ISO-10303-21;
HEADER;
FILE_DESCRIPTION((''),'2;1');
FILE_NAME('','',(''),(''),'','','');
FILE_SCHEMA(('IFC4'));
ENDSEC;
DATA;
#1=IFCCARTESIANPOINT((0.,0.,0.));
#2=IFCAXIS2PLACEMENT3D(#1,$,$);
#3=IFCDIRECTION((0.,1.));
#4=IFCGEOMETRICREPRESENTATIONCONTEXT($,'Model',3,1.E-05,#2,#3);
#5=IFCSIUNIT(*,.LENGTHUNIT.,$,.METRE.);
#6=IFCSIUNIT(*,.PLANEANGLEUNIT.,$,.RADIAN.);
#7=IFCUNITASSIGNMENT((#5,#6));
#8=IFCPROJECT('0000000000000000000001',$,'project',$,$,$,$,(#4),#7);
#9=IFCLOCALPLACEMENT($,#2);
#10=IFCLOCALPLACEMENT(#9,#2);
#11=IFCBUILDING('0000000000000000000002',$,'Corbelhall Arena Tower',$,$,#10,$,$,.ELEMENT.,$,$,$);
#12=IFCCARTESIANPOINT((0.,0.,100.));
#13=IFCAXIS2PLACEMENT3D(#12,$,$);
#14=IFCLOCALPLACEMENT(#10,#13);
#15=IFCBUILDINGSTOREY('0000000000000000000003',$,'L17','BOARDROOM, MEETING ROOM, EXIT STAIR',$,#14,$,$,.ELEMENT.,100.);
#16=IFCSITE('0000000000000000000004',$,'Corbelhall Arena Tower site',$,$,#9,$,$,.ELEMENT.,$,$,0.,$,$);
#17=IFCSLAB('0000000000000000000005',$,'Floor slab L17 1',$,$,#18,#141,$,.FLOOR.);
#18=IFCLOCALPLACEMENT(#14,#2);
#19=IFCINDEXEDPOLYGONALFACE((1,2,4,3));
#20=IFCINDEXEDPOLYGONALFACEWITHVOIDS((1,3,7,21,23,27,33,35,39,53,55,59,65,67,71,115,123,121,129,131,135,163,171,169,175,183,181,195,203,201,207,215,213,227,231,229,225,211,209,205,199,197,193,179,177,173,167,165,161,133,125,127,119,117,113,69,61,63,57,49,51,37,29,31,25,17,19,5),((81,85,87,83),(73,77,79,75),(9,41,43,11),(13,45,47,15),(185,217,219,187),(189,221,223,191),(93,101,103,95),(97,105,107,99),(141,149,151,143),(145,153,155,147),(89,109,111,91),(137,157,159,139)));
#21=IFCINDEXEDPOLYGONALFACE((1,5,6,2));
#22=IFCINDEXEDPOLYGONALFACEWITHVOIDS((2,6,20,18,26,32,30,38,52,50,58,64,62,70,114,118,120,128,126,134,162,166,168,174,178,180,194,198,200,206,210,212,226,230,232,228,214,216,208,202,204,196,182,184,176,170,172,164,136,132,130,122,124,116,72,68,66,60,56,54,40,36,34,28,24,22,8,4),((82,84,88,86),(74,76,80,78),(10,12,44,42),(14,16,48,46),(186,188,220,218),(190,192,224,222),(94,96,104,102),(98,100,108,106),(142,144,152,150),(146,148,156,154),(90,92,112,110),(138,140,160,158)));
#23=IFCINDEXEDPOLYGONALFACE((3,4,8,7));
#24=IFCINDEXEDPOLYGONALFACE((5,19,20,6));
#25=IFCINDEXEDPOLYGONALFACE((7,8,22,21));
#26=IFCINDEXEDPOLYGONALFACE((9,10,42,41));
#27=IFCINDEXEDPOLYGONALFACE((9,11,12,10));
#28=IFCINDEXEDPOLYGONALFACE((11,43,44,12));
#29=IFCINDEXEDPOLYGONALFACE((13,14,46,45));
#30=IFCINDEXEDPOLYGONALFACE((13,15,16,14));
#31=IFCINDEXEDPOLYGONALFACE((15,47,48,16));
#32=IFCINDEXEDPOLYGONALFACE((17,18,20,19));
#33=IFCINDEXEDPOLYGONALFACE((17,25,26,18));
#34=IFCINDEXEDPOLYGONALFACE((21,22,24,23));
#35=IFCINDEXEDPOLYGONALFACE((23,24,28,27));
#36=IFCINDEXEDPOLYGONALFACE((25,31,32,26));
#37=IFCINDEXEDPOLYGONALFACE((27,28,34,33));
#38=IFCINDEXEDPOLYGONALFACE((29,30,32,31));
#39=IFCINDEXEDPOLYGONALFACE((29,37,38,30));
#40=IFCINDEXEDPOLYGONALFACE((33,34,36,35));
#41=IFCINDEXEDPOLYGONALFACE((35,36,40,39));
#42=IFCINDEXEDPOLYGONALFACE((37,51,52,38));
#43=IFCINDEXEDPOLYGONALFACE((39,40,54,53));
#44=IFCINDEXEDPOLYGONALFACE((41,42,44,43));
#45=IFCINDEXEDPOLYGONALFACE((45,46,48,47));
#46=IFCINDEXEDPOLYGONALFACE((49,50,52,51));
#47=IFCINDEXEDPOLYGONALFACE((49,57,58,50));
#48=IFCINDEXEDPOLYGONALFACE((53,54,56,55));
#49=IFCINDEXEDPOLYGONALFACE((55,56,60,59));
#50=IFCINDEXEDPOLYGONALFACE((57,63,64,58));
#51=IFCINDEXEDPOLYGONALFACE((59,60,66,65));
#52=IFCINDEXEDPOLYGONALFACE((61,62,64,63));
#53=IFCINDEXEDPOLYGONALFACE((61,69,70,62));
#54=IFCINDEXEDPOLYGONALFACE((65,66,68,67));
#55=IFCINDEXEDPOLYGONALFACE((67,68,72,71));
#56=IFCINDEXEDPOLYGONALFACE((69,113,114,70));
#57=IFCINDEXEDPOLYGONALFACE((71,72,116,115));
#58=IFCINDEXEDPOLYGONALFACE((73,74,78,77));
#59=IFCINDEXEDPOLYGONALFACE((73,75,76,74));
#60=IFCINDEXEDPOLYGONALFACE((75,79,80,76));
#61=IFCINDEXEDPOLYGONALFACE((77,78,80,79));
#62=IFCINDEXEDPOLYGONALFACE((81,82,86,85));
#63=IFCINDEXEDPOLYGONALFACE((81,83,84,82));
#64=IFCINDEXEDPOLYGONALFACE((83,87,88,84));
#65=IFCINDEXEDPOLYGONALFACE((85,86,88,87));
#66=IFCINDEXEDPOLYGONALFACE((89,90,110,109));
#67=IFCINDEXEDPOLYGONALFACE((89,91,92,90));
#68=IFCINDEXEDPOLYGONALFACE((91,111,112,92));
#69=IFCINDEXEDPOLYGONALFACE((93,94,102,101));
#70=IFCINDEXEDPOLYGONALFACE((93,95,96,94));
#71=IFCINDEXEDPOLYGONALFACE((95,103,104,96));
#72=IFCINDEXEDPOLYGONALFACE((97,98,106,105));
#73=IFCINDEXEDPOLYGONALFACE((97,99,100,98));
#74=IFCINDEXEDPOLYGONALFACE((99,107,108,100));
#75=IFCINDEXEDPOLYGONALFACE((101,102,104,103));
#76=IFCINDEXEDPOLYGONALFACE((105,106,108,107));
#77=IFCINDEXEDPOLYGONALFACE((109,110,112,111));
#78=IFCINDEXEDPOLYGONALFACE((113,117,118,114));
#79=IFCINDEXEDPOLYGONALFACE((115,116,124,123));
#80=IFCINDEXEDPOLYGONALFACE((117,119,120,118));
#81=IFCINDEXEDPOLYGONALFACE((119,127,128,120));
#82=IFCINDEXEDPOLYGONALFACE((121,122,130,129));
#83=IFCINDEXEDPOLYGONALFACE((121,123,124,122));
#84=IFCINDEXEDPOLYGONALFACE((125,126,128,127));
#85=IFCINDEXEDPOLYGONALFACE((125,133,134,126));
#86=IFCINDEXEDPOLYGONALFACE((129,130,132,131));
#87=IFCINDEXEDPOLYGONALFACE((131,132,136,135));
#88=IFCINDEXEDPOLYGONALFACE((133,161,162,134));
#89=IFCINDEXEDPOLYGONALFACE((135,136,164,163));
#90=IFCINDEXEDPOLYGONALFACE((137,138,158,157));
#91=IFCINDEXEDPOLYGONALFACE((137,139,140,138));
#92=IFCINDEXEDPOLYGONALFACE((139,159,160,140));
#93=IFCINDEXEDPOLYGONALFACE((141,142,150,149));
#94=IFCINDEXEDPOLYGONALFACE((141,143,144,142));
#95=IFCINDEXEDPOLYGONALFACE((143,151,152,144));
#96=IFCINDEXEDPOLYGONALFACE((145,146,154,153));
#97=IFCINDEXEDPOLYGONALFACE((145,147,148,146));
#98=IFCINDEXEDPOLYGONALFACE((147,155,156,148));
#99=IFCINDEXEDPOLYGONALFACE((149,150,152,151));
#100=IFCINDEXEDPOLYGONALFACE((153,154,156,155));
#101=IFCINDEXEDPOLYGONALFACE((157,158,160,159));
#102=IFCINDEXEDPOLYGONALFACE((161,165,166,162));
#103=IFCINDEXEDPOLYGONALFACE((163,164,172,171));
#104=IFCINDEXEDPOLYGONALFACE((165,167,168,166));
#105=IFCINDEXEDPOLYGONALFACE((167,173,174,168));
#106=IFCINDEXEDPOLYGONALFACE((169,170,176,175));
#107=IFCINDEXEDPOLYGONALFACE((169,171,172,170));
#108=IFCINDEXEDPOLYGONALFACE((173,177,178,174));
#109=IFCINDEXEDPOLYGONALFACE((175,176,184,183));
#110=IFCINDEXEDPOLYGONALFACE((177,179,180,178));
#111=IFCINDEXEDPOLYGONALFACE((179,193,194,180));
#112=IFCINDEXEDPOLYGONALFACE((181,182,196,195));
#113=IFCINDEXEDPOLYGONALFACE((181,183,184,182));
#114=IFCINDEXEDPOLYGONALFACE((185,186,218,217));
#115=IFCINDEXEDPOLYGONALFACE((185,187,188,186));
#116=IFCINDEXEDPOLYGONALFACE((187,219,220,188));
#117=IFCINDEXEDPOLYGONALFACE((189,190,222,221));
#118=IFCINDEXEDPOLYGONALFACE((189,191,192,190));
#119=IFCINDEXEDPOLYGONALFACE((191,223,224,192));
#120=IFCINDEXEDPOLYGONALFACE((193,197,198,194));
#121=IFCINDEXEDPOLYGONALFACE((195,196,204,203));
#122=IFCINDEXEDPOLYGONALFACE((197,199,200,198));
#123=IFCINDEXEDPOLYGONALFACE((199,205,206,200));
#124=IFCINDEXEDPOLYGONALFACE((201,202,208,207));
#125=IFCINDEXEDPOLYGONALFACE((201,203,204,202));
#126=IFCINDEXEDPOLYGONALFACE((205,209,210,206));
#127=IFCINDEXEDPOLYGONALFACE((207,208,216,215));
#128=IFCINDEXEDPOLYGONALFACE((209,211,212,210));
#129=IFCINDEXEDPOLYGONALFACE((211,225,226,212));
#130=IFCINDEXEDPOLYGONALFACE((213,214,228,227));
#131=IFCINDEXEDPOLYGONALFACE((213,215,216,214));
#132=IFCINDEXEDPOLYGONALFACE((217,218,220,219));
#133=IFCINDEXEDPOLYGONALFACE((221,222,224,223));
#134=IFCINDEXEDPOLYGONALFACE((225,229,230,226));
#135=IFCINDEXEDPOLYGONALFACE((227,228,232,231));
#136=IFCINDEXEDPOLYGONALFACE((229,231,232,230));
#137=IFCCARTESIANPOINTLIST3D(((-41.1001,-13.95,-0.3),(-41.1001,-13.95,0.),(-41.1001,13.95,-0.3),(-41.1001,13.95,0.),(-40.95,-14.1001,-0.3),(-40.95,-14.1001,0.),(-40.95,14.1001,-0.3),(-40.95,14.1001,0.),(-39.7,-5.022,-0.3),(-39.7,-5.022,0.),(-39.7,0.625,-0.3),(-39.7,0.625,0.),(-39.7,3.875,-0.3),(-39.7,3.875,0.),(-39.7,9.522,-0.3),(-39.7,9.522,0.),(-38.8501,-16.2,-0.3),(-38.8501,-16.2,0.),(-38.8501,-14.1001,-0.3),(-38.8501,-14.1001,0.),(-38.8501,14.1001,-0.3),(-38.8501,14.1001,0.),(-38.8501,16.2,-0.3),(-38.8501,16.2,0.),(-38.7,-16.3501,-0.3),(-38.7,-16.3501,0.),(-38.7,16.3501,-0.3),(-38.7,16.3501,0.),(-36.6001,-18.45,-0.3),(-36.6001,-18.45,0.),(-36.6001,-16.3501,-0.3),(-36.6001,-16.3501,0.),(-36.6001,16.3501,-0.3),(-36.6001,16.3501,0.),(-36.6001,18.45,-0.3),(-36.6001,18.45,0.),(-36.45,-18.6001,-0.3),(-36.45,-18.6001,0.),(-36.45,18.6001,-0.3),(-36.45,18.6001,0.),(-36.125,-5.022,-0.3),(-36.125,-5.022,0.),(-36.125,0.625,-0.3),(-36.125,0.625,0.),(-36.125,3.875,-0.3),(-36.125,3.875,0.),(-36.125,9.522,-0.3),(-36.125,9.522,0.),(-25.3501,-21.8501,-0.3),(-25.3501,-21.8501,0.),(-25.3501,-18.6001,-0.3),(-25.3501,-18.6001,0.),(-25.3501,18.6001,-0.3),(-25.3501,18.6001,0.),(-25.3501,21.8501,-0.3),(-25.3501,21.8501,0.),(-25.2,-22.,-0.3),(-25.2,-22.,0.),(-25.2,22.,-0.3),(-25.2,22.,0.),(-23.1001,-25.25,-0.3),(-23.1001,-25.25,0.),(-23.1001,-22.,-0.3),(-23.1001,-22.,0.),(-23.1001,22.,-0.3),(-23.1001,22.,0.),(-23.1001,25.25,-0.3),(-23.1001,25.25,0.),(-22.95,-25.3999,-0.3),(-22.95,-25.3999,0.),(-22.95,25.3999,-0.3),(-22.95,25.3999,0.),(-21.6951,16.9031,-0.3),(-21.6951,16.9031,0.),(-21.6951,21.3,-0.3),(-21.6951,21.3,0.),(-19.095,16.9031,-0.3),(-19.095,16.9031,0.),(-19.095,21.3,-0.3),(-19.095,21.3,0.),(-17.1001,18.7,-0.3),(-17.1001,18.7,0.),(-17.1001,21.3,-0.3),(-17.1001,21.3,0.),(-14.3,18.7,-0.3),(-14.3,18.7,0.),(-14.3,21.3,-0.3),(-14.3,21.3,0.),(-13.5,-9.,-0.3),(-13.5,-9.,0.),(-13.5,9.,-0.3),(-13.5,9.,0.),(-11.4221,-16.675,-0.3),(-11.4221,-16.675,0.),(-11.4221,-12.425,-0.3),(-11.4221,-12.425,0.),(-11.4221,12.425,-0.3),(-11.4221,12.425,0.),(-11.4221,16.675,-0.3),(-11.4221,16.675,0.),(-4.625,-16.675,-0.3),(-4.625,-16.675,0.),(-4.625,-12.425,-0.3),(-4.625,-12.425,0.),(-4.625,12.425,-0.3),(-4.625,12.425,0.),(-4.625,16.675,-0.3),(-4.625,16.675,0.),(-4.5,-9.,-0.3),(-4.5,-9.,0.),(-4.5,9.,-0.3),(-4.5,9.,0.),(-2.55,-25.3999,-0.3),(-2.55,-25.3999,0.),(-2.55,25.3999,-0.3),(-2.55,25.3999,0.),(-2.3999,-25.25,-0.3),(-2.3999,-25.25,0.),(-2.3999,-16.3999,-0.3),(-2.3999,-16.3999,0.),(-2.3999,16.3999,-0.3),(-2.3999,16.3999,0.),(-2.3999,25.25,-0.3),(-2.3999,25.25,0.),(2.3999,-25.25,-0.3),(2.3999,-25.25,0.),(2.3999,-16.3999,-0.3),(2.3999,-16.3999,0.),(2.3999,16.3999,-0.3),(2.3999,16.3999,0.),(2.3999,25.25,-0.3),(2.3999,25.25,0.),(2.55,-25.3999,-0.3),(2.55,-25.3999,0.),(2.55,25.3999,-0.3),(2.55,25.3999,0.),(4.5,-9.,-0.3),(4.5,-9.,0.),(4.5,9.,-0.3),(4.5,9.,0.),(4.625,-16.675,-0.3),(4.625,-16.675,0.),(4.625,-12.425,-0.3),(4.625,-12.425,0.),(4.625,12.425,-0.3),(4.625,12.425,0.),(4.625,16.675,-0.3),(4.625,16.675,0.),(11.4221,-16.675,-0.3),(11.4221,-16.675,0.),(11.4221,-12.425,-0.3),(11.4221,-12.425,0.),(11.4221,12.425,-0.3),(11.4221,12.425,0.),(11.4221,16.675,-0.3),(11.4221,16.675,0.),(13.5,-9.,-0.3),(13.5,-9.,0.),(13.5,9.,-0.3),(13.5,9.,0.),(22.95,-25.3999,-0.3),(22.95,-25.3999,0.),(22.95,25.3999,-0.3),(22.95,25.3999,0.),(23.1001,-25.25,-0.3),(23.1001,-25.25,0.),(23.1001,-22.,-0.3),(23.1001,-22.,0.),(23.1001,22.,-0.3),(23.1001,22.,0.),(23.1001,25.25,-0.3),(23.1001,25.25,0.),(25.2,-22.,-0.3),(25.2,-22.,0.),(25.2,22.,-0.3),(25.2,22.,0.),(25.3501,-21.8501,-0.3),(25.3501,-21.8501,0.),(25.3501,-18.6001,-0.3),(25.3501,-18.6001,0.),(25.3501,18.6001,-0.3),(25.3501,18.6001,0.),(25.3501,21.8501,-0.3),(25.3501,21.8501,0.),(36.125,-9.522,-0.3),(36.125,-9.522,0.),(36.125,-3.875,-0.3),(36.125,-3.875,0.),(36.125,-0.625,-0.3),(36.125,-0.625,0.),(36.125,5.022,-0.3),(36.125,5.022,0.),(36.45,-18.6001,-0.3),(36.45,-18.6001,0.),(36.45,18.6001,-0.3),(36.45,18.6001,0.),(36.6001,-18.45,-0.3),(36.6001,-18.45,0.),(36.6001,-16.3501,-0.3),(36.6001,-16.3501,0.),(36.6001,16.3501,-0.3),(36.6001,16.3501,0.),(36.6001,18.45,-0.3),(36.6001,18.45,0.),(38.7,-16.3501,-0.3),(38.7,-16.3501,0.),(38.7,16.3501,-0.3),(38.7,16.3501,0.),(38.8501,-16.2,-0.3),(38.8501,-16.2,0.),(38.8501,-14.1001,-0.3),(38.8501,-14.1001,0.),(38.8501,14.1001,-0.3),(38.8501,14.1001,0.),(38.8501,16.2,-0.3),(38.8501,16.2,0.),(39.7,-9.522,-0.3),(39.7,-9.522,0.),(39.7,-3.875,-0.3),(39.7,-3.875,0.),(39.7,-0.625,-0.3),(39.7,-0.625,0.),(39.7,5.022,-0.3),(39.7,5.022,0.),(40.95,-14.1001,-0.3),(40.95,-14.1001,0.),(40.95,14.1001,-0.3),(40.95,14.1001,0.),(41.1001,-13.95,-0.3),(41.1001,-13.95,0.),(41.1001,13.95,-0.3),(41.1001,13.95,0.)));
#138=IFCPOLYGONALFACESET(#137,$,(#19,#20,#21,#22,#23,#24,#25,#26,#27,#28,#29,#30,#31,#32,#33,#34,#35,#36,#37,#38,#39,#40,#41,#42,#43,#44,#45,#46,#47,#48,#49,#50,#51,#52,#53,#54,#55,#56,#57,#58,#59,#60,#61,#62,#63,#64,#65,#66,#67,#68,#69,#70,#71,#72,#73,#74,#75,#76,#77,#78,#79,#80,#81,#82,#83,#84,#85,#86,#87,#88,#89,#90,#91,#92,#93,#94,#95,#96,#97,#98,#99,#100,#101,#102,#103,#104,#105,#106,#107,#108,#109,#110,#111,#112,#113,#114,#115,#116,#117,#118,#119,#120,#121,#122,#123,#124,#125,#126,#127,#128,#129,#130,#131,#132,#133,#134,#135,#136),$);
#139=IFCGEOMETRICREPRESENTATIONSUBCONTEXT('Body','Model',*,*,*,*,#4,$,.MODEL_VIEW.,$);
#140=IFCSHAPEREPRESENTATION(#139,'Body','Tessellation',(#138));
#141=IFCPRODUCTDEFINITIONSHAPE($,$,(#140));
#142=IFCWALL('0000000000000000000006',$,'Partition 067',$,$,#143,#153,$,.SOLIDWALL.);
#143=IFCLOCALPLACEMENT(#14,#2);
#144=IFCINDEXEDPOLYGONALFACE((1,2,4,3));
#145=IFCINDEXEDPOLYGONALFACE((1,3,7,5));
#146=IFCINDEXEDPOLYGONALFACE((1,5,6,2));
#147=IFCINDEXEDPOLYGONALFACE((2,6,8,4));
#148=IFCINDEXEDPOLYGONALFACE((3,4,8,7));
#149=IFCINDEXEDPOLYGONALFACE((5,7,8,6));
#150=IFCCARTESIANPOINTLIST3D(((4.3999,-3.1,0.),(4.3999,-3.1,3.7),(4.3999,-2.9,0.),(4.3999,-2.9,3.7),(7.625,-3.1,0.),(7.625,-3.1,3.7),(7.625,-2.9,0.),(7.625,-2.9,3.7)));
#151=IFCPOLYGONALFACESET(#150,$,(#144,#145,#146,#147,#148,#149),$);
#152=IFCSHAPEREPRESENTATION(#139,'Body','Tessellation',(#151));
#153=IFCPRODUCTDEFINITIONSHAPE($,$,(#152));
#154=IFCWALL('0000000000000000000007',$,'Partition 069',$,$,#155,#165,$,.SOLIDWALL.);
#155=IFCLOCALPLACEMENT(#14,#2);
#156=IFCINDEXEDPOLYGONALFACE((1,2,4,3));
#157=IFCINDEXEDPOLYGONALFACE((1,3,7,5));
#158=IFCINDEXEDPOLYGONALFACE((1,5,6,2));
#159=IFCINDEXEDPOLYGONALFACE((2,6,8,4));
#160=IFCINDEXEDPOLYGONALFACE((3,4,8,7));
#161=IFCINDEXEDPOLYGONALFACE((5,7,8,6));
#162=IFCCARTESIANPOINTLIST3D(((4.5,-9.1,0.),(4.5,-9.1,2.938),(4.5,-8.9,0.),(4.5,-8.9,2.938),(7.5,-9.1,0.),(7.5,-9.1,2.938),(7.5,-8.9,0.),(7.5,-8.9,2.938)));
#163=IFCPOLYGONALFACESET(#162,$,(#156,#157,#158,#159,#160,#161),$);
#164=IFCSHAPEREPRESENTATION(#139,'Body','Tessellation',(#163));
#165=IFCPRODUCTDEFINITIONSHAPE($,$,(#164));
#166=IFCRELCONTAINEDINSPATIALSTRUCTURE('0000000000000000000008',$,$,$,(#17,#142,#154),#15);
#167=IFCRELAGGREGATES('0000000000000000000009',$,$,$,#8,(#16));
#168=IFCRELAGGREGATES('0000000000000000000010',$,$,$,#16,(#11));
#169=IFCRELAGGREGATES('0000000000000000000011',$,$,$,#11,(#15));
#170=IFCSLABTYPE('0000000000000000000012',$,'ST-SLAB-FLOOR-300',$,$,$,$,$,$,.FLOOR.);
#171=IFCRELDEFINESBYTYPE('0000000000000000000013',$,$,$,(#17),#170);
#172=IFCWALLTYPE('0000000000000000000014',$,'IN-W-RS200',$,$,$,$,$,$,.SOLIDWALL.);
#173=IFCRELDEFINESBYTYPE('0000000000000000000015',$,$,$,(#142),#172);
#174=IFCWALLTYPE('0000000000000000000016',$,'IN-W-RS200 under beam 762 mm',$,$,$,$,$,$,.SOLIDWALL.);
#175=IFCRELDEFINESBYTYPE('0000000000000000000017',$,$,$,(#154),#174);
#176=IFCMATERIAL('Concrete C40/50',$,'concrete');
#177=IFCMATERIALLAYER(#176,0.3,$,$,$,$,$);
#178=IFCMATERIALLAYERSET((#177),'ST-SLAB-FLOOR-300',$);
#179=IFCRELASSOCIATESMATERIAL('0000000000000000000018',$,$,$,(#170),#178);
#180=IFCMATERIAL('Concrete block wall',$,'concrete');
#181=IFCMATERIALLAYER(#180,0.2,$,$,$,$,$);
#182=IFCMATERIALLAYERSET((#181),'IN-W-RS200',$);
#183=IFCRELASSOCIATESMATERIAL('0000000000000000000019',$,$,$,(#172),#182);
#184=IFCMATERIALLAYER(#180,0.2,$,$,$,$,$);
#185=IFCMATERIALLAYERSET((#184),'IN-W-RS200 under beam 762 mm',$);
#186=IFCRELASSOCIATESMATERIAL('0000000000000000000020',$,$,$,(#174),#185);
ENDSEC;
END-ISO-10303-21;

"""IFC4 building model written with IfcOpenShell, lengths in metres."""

from ifc_helpers import new_model, si_unit, direction, frame, frame_2d, origin, place, context, subcontext, project, spatial, polyline, rectangle, outline, extrude, material, layer, layer_set, type_object, element, save


model = new_model("IFC4")

# Units and contexts
model_context = context("Model", 3, precision=1e-05, world=origin(), true_north=direction((0.0, 1.0)))
body_context = subcontext(model_context, "Body", "Model", "MODEL_VIEW")
ifc_project = project(units=[si_unit("LENGTHUNIT", "METRE"), si_unit("PLANEANGLEUNIT", "RADIAN")], contexts=[model_context])

# Site, building, storey
site_placement = place(None, origin())
site = spatial("IfcSite", under=ifc_project, at=site_placement, Name="Corbelhall Arena Tower site", CompositionType="ELEMENT", RefElevation=0.0)
building_placement = place(site_placement, origin())
building = spatial("IfcBuilding", under=site, at=building_placement, Name="Corbelhall Arena Tower", CompositionType="ELEMENT")
storey_placement = place(building_placement, frame((0.0, 0.0, 100.0)))
storey = spatial("IfcBuildingStorey", under=building, at=storey_placement, Name="L17", Description="BOARDROOM, MEETING ROOM, EXIT STAIR", CompositionType="ELEMENT", Elevation=100.0)

# Shared definitions
ifc_material_1 = material(Name="Concrete C40/50", Category="concrete")

# Slab
ifc_layer_1 = layer(ifc_material_1, 0.3)
ifc_layer_set_1 = layer_set([ifc_layer_1], Name="ST-SLAB-FLOOR-300")
slab_type_1 = type_object("IfcSlabType", Name="ST-SLAB-FLOOR-300", PredefinedType="FLOOR", material=ifc_layer_set_1)
slab_1_placement = place(storey_placement, frame((0.0, 0.0, -0.3)))
element("IfcSlab", 1, at=slab_1_placement, inside=storey, type_object=slab_type_1, Name="Floor slab L17 1", PredefinedType="FLOOR", context=body_context, shape_type="SweptSolid", body=[
    extrude(outline(polyline([(25.3501, 18.6001), (25.3501, 21.8501), (25.2, 22.0), (23.1001, 22.0), (23.1001, 25.25), (22.95, 25.3999), (2.55, 25.3999), (2.3999, 25.25), (2.3999, 16.3999), (-2.3999, 16.3999), (-2.3999, 25.25), (-2.55, 25.3999), (-22.95, 25.3999), (-23.1001, 25.25), (-23.1001, 22.0), (-25.2, 22.0), (-25.3501, 21.8501), (-25.3501, 18.6001), (-36.45, 18.6001), (-36.6001, 18.45), (-36.6001, 16.3501), (-38.7, 16.3501), (-38.8501, 16.2), (-38.8501, 14.1001), (-40.95, 14.1001), (-41.1001, 13.95), (-41.1001, -13.95), (-40.95, -14.1001), (-38.8501, -14.1001), (-38.8501, -16.2), (-38.7, -16.3501), (-36.6001, -16.3501), (-36.6001, -18.45), (-36.45, -18.6001), (-25.3501, -18.6001), (-25.3501, -21.8501), (-25.2, -22.0), (-23.1001, -22.0), (-23.1001, -25.25), (-22.95, -25.3999), (-2.55, -25.3999), (-2.3999, -25.25), (-2.3999, -16.3999), (2.3999, -16.3999), (2.3999, -25.25), (2.55, -25.3999), (22.95, -25.3999), (23.1001, -25.25), (23.1001, -22.0), (25.2, -22.0), (25.3501, -21.8501), (25.3501, -18.6001), (36.45, -18.6001), (36.6001, -18.45), (36.6001, -16.3501), (38.7, -16.3501), (38.8501, -16.2), (38.8501, -14.1001), (40.95, -14.1001), (41.1001, -13.95), (41.1001, 13.95), (40.95, 14.1001), (38.8501, 14.1001), (38.8501, 16.2), (38.7, 16.3501), (36.6001, 16.3501), (36.6001, 18.45), (36.45, 18.6001), (25.3501, 18.6001)]), holes=[polyline([(-13.5, 9.0), (-13.5, -9.0), (-4.5, -9.0), (-4.5, 9.0), (-13.5, 9.0)]), polyline([(4.5, 9.0), (4.5, -9.0), (13.5, -9.0), (13.5, 9.0), (4.5, 9.0)]), polyline([(-4.625, 16.675), (-11.4221, 16.675), (-11.4221, 12.425), (-4.625, 12.425), (-4.625, 16.675)]), polyline([(-4.625, -16.675), (-4.625, -12.425), (-11.4221, -12.425), (-11.4221, -16.675), (-4.625, -16.675)]), polyline([(11.4221, 16.675), (4.625, 16.675), (4.625, 12.425), (11.4221, 12.425), (11.4221, 16.675)]), polyline([(11.4221, -16.675), (11.4221, -12.425), (4.625, -12.425), (4.625, -16.675), (11.4221, -16.675)]), polyline([(-36.125, 3.875), (-36.125, 9.522), (-39.7, 9.522), (-39.7, 3.875), (-36.125, 3.875)]), polyline([(-36.125, 0.625), (-39.7, 0.625), (-39.7, -5.022), (-36.125, -5.022), (-36.125, 0.625)]), polyline([(39.7, -9.522), (39.7, -3.875), (36.125, -3.875), (36.125, -9.522), (39.7, -9.522)]), polyline([(39.7, 5.022), (36.125, 5.022), (36.125, -0.625), (39.7, -0.625), (39.7, 5.022)]), polyline([(-21.6951, 21.3), (-21.6951, 16.9031), (-19.095, 16.9031), (-19.095, 21.3), (-21.6951, 21.3)]), polyline([(-14.3, 21.3), (-17.1001, 21.3), (-17.1001, 18.7), (-14.3, 18.7), (-14.3, 21.3)])]), origin(), (0.0, 0.0, 1.0), 0.3),
])

# Wall
ifc_material_2 = material(Name="Concrete block wall", Category="concrete")
ifc_layer_2 = layer(ifc_material_2, 0.2)
ifc_layer_set_2 = layer_set([ifc_layer_2], Name="IN-W-RS200")
wall_type_1 = type_object("IfcWallType", Name="IN-W-RS200", PredefinedType="SOLIDWALL", material=ifc_layer_set_2)
wall_1_placement = place(storey_placement, frame((4.3999, -3.0, 0.0), z_axis=(0.0, 0.0, 1.0), x_axis=(1.0, 0.0, 0.0)))
element("IfcWall", 2, at=wall_1_placement, inside=storey, type_object=wall_type_1, Name="Partition 067", PredefinedType="SOLIDWALL", context=body_context, shape_type="SweptSolid", body=[
    extrude(rectangle(XDim=3.2251, YDim=0.2, at=frame_2d((1.6125, 0.0))), origin(), (0.0, 0.0, 1.0), 3.7),
])

# Shared definitions
ifc_layer_3 = layer(ifc_material_2, 0.2)
ifc_layer_set_3 = layer_set([ifc_layer_3], Name="IN-W-RS200 under beam 762 mm")
wall_type_2 = type_object("IfcWallType", Name="IN-W-RS200 under beam 762 mm", PredefinedType="SOLIDWALL", material=ifc_layer_set_3)

# Wall
wall_2_placement = place(storey_placement, frame((7.5, -9.0, 0.0), z_axis=(0.0, 0.0, 1.0), x_axis=(-1.0, 0.0, 0.0)))
element("IfcWall", 3, at=wall_2_placement, inside=storey, type_object=wall_type_2, Name="Partition 069", PredefinedType="SOLIDWALL", context=body_context, shape_type="SweptSolid", body=[
    extrude(rectangle(XDim=3.0, YDim=0.2, at=frame_2d((1.5, 0.0))), origin(), (0.0, 0.0, 1.0), 2.938),
])

save(model, "model.ifc")
